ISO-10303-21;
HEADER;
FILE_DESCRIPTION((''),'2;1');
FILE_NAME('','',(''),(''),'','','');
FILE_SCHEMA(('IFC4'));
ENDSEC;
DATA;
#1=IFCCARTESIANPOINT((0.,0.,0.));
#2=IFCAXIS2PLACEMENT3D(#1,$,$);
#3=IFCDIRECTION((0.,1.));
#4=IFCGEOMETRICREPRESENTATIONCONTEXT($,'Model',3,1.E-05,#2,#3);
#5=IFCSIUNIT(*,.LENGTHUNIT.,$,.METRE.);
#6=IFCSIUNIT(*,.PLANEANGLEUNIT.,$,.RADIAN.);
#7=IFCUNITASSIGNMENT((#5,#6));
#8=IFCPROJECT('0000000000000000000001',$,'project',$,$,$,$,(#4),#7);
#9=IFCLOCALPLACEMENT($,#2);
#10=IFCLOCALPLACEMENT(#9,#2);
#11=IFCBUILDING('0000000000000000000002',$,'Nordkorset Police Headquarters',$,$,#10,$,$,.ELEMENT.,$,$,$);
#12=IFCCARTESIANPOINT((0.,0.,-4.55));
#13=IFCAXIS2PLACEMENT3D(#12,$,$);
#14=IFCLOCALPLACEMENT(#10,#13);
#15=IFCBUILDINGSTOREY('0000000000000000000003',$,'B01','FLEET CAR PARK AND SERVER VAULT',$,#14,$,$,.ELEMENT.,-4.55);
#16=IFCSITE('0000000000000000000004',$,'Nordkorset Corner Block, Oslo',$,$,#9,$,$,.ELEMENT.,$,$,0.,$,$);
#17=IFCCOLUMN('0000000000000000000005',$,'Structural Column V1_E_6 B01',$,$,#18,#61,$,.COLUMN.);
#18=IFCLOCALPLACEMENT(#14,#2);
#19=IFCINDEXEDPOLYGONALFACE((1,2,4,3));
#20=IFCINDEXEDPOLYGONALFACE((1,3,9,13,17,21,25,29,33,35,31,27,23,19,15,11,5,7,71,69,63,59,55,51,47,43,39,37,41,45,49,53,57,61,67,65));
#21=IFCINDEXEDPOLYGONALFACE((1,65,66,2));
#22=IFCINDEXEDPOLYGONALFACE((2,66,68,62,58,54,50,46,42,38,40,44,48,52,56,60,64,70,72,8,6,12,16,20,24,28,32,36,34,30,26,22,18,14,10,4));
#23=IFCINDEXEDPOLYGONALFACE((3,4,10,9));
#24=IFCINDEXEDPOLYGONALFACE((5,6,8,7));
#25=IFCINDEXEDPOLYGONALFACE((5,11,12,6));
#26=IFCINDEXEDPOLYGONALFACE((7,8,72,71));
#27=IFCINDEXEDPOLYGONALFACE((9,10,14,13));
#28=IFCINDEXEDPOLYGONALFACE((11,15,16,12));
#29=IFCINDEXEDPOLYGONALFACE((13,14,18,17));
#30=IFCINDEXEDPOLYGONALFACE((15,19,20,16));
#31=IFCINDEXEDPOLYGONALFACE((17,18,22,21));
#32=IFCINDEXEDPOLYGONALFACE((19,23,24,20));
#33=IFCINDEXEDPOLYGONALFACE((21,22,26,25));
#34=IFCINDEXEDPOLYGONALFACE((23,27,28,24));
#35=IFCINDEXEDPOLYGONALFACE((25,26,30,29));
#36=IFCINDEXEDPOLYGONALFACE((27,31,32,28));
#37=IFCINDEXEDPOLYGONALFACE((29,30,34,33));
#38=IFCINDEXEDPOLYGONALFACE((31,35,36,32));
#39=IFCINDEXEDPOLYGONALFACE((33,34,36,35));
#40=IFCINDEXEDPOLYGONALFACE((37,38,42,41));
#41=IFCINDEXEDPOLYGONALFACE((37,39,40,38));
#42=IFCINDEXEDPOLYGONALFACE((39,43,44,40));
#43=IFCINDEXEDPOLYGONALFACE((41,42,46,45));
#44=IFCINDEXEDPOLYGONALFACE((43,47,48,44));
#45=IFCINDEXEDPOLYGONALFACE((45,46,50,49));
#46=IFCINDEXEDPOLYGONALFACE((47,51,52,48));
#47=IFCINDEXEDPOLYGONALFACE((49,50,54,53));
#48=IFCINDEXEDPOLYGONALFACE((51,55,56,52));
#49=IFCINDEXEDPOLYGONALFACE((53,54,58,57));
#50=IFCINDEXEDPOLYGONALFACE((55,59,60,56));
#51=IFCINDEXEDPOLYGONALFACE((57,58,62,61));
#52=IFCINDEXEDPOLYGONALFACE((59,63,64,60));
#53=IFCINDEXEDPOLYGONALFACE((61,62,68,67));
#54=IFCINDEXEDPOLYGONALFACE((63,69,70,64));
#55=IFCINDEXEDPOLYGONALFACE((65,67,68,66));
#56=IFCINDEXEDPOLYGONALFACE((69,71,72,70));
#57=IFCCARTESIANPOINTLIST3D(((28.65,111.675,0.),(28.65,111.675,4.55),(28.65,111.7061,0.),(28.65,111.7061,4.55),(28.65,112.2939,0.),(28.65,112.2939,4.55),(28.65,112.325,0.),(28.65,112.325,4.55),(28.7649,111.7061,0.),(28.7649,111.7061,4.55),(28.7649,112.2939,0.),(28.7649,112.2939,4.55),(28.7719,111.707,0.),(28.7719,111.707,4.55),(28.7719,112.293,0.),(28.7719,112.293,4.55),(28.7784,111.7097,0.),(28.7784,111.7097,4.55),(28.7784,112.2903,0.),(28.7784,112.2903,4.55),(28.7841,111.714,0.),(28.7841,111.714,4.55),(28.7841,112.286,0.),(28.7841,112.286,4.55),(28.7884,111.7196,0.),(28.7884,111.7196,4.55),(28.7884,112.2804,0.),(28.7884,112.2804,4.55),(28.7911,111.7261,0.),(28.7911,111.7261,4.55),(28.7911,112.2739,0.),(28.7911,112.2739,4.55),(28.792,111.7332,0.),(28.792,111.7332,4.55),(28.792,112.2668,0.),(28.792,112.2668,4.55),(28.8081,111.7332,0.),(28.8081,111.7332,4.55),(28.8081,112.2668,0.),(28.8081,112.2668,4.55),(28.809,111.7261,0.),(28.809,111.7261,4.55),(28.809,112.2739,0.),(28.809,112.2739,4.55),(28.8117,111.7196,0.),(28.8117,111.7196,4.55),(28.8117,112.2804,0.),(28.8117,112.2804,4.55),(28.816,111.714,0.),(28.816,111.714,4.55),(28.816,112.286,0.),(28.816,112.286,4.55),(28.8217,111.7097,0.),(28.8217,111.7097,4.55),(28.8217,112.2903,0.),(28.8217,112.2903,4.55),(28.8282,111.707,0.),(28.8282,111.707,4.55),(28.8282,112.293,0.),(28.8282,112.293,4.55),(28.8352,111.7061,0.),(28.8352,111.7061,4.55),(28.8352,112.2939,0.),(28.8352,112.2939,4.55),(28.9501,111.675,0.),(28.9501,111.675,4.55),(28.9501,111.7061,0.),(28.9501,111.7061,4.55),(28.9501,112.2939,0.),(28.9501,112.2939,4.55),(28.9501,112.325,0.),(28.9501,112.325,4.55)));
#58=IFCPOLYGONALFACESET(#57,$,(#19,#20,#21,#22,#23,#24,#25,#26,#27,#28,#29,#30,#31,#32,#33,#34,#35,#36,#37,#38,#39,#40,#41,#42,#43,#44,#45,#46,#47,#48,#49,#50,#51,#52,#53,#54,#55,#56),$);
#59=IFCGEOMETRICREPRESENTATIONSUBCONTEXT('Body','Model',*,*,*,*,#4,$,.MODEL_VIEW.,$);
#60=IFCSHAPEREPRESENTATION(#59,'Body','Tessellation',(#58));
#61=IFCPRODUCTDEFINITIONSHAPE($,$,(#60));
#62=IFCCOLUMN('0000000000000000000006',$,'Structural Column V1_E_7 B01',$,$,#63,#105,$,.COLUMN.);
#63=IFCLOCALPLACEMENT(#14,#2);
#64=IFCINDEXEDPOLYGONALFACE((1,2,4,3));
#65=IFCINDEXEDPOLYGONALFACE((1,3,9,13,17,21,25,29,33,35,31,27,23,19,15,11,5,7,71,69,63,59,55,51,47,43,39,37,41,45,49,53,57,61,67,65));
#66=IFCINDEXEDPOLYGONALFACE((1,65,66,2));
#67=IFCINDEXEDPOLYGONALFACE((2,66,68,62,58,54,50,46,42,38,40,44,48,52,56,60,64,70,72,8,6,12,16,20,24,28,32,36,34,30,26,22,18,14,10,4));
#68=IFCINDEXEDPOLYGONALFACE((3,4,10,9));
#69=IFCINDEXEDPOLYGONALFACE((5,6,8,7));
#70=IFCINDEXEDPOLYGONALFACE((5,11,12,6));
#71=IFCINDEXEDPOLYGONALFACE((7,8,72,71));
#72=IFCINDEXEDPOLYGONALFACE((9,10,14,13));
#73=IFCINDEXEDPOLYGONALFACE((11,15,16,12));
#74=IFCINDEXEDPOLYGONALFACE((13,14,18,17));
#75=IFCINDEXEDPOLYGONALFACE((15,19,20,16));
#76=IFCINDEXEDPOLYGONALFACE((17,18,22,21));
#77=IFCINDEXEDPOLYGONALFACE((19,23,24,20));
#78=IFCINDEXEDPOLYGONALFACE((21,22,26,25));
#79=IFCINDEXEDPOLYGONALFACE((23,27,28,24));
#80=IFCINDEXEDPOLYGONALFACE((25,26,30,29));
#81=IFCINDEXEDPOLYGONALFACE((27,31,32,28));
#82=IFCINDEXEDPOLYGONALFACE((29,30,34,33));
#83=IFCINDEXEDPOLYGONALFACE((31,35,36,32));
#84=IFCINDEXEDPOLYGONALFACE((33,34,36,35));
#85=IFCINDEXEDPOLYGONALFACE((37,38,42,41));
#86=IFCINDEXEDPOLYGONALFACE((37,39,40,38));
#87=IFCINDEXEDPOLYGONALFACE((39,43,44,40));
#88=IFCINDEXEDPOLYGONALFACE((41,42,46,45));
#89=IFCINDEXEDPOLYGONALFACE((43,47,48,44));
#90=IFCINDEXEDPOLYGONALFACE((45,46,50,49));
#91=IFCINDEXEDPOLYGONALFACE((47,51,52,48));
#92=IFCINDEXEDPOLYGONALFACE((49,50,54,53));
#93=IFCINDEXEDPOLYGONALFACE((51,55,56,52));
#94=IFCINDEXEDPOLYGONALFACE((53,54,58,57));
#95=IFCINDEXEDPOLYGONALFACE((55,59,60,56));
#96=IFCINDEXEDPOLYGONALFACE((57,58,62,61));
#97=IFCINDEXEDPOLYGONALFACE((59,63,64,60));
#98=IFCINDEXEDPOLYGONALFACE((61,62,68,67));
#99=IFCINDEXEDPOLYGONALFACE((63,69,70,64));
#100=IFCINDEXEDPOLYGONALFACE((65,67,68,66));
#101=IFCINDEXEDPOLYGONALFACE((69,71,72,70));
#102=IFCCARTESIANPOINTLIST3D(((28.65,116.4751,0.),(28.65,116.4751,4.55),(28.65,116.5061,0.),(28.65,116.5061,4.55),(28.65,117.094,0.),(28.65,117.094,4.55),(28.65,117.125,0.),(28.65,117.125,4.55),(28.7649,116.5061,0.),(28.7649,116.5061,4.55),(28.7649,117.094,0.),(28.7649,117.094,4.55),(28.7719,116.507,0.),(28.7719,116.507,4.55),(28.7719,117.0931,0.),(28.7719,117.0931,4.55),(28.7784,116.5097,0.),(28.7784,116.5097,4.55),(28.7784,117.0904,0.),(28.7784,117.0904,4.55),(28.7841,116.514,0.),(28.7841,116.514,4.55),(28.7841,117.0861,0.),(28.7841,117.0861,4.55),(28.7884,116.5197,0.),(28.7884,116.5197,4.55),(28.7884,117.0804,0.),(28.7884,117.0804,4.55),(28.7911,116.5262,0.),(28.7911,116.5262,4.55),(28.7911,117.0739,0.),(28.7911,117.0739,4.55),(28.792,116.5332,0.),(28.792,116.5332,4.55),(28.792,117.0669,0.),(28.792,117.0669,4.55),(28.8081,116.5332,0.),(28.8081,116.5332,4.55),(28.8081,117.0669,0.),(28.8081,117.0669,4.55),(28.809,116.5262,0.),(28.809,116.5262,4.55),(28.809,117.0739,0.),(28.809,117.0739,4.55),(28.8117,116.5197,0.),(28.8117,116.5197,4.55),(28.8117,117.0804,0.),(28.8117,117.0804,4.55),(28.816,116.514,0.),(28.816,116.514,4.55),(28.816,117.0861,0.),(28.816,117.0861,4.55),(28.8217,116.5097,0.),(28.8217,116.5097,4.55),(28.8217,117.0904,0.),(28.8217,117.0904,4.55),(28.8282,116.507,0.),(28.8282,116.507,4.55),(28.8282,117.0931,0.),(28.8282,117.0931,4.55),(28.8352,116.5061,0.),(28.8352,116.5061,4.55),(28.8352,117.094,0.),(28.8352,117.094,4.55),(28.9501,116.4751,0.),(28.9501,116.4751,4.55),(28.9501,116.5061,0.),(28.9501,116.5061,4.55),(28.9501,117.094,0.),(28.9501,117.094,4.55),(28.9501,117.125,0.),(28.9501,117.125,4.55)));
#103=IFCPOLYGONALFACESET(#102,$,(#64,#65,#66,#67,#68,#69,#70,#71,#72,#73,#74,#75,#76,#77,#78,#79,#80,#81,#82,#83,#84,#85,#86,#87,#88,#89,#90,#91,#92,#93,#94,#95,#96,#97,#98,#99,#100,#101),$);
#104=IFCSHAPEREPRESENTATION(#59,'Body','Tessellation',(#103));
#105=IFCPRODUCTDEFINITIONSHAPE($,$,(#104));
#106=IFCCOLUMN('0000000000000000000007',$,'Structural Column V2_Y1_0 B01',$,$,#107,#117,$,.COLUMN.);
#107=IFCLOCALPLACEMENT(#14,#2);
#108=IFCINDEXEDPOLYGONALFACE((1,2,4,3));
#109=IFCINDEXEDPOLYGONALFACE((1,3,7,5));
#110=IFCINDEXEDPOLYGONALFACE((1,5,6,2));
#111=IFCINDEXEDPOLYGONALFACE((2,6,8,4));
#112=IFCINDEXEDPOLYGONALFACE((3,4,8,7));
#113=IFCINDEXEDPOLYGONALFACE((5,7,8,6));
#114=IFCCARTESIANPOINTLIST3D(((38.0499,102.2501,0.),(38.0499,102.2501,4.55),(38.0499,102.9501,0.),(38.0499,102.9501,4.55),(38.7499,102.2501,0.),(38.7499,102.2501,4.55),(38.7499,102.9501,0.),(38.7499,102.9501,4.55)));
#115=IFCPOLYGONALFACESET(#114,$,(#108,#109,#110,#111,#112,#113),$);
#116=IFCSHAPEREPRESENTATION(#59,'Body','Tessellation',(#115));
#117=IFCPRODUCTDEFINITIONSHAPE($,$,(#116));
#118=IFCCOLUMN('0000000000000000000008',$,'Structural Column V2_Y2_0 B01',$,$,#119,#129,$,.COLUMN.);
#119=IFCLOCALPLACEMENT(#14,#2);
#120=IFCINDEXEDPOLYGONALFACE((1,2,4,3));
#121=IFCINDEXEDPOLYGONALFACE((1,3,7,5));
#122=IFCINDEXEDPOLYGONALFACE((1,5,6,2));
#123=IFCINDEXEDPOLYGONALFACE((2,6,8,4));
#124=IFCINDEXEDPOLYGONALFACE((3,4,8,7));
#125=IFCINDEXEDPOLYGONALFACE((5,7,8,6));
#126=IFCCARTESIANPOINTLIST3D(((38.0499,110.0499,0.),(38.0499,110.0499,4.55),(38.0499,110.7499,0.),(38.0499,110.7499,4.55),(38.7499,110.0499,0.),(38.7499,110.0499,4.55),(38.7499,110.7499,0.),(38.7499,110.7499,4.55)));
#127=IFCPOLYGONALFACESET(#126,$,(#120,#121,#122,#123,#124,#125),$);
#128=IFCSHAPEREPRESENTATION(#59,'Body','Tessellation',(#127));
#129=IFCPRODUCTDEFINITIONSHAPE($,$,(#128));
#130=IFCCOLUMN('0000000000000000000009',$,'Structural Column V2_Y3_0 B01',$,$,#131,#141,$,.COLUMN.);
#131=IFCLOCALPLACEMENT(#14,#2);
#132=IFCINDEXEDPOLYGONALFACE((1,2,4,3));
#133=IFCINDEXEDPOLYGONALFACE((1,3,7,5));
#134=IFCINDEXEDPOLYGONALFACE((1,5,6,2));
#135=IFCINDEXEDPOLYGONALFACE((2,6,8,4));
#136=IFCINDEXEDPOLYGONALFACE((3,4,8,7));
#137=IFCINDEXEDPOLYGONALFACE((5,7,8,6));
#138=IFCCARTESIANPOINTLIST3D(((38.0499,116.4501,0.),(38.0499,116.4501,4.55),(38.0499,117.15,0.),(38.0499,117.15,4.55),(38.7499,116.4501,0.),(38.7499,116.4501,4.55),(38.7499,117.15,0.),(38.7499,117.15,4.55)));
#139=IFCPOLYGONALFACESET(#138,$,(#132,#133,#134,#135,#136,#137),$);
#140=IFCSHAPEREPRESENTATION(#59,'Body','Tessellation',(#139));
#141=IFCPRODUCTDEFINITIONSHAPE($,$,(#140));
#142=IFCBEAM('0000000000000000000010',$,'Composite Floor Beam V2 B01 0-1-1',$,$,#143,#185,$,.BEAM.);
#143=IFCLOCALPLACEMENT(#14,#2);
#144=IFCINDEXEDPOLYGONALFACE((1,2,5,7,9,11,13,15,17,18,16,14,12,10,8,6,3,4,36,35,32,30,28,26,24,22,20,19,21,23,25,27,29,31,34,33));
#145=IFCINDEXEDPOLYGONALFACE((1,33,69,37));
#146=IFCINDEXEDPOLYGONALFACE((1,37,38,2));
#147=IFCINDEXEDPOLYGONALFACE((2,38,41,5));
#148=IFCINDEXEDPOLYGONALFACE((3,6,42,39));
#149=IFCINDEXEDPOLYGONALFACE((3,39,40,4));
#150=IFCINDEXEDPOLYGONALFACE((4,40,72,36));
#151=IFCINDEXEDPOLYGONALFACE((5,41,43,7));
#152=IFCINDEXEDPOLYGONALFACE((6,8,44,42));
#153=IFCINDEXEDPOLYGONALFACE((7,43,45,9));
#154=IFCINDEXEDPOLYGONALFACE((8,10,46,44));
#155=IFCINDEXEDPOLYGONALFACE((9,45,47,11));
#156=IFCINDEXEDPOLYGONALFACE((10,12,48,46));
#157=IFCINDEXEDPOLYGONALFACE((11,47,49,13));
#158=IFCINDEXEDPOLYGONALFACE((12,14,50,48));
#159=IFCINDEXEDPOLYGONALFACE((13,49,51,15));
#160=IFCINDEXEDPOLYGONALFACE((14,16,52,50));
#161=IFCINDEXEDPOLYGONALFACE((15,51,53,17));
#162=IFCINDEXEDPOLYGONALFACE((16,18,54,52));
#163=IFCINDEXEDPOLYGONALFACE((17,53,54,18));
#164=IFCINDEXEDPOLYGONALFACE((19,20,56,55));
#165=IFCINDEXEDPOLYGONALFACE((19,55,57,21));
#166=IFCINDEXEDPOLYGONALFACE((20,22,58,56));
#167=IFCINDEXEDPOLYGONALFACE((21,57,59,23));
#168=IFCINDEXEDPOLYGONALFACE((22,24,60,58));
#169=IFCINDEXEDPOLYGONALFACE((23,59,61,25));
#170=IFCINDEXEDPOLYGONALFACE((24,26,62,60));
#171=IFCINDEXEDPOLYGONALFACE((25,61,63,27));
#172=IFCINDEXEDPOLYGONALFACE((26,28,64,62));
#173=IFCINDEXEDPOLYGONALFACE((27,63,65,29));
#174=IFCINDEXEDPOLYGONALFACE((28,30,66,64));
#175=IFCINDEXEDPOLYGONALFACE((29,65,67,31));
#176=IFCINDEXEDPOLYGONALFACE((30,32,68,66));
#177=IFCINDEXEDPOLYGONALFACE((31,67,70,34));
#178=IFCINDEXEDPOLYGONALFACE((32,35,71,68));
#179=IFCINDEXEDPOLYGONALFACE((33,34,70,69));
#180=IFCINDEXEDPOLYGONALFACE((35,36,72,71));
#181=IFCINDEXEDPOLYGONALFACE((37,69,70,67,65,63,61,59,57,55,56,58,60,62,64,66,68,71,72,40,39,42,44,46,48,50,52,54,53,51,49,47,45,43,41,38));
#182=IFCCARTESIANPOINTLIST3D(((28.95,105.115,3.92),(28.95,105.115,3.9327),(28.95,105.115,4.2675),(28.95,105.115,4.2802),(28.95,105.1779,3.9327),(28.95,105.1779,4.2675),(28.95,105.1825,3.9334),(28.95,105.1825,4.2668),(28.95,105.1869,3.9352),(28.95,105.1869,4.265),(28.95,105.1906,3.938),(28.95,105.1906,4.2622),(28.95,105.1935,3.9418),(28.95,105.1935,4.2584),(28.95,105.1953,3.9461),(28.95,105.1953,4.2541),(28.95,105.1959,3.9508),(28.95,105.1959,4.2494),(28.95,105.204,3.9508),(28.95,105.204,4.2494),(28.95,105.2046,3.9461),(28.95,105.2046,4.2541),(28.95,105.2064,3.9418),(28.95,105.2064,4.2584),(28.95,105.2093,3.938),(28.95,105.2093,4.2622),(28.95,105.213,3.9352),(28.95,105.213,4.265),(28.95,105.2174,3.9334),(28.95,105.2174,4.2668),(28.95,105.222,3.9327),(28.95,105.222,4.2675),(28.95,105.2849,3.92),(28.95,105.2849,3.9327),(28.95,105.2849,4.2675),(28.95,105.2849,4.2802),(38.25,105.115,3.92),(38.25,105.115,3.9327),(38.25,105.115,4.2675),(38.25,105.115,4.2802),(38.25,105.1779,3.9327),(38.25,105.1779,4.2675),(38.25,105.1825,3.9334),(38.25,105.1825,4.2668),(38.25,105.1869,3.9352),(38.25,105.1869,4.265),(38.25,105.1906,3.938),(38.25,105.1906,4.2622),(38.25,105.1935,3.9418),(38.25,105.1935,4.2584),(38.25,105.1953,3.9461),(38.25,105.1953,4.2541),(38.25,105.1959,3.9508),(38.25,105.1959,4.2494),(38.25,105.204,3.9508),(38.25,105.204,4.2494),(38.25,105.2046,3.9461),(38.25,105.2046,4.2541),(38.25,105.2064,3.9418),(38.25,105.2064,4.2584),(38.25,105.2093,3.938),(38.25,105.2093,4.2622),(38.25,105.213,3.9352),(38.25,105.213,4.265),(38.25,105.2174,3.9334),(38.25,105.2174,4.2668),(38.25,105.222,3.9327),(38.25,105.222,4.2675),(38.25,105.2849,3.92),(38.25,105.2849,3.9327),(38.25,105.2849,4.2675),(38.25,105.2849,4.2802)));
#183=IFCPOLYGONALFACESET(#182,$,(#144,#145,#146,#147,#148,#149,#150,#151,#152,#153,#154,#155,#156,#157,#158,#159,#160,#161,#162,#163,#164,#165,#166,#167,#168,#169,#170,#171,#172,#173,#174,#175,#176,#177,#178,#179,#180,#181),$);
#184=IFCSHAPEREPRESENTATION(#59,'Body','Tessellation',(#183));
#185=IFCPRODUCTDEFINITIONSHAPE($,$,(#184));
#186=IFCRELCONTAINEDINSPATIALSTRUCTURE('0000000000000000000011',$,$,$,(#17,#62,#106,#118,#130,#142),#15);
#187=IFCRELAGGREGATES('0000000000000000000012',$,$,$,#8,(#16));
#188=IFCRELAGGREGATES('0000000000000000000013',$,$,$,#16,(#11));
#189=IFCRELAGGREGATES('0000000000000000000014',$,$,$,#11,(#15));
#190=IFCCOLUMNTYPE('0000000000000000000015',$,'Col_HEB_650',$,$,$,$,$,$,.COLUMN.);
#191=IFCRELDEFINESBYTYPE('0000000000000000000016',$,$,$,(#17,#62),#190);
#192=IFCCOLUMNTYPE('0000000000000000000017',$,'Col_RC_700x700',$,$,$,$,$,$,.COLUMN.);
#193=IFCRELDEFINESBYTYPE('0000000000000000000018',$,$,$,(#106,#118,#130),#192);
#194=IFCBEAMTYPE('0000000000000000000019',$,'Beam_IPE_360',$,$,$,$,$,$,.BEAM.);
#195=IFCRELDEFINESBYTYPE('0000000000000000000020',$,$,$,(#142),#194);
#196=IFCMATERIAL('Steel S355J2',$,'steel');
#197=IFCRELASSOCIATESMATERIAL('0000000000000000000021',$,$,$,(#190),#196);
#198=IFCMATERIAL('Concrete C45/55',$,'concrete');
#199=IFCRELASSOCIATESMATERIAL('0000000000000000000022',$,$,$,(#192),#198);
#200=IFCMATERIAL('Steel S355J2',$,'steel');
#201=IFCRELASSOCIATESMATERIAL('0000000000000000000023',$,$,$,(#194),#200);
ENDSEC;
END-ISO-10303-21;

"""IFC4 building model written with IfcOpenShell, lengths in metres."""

from ifc_helpers import new_model, si_unit, direction, frame, origin, origin_2d, place, context, subcontext, project, spatial, rectangle, i_section, extrude, material, material_profile, profile_set, type_object, element, save


model = new_model("IFC4")

# Units and contexts
model_context = context("Model", 3, precision=1e-05, world=origin(), true_north=direction((0.0, 1.0)))
body_context = subcontext(model_context, "Body", "Model", "MODEL_VIEW")
ifc_project = project(units=[si_unit("LENGTHUNIT", "METRE"), si_unit("PLANEANGLEUNIT", "RADIAN")], contexts=[model_context])

# Site, building, storey
site_placement = place(None, origin())
site = spatial("IfcSite", under=ifc_project, at=site_placement, Name="Nordkorset Corner Block, Oslo", CompositionType="ELEMENT", RefElevation=0.0)
building_placement = place(site_placement, origin())
building = spatial("IfcBuilding", under=site, at=building_placement, Name="Nordkorset Police Headquarters", CompositionType="ELEMENT")
storey_placement = place(building_placement, frame((0.0, 0.0, -4.55)))
storey = spatial("IfcBuildingStorey", under=building, at=storey_placement, Name="B01", Description="FLEET CAR PARK AND SERVER VAULT", CompositionType="ELEMENT", Elevation=-4.55)

# Columns
ifc_material_1 = material(Name="Steel S355J2", Category="steel")
ifc_material_profile_1 = material_profile(ifc_material_1, i_section(OverallWidth=0.3, OverallDepth=0.6499, WebThickness=0.0161, FlangeThickness=0.031, FilletRadius=0.0271, at=origin_2d()), Name="HEB 650")
ifc_profile_set_1 = profile_set([ifc_material_profile_1], Name="Steel S355J2")
column_type_1 = type_object("IfcColumnType", Name="Col_HEB_650", PredefinedType="COLUMN", material=ifc_profile_set_1)
for number, where, z_axis, x_axis, name in (
    (1, (28.8, 112.0, 0.0), (0.0, 0.0, 1.0), (1.0, 0.0, 0.0), "Structural Column V1_E_6 B01"),
    (2, (28.8, 116.8, 0.0), (0.0, 0.0, 1.0), (1.0, 0.0, 0.0), "Structural Column V1_E_7 B01"),
):
    element("IfcColumn", number, at=place(storey_placement, frame(where, z_axis=z_axis, x_axis=x_axis)), inside=storey, type_object=column_type_1, Name=name, PredefinedType="COLUMN", context=body_context, shape_type="SweptSolid", body=[
        extrude(i_section(OverallWidth=0.3, OverallDepth=0.6499, WebThickness=0.0161, FlangeThickness=0.031, FilletRadius=0.0271, at=origin_2d()), origin(), (0.0, 0.0, 1.0), 4.55),
    ])
ifc_material_2 = material(Name="Concrete C45/55", Category="concrete")
ifc_material_profile_2 = material_profile(ifc_material_2, rectangle(XDim=0.7, YDim=0.7, at=origin_2d()), Name="RC 700x700")
ifc_profile_set_2 = profile_set([ifc_material_profile_2], Name="Concrete C45/55")
column_type_2 = type_object("IfcColumnType", Name="Col_RC_700x700", PredefinedType="COLUMN", material=ifc_profile_set_2)
for number, where, z_axis, x_axis, name in (
    (3, (38.3999, 102.6001, 0.0), (0.0, 0.0, 1.0), (1.0, 0.0, 0.0), "Structural Column V2_Y1_0 B01"),
    (4, (38.3999, 110.3999, 0.0), (0.0, 0.0, 1.0), (1.0, 0.0, 0.0), "Structural Column V2_Y2_0 B01"),
    (5, (38.3999, 116.8, 0.0), (0.0, 0.0, 1.0), (1.0, 0.0, 0.0), "Structural Column V2_Y3_0 B01"),
):
    element("IfcColumn", number, at=place(storey_placement, frame(where, z_axis=z_axis, x_axis=x_axis)), inside=storey, type_object=column_type_2, Name=name, PredefinedType="COLUMN", context=body_context, shape_type="SweptSolid", body=[
        extrude(rectangle(XDim=0.7, YDim=0.7, at=origin_2d()), origin(), (0.0, 0.0, 1.0), 4.55),
    ])

# Beam
ifc_material_3 = material(Name="Steel S355J2", Category="steel")
ifc_material_profile_3 = material_profile(ifc_material_3, i_section(OverallWidth=0.1699, OverallDepth=0.3601, WebThickness=0.0081, FlangeThickness=0.0127, FilletRadius=0.0181, at=origin_2d()), Name="IPE 360")
ifc_profile_set_3 = profile_set([ifc_material_profile_3], Name="Steel S355J2")
beam_type_1 = type_object("IfcBeamType", Name="Beam_IPE_360", PredefinedType="BEAM", material=ifc_profile_set_3)
for number, where, z_axis, x_axis, name in (
    (6, (28.95, 105.2, 4.1001), (1.0, 0.0, 0.0), (0.0, 1.0, 0.0), "Composite Floor Beam V2 B01 0-1-1"),
):
    element("IfcBeam", number, at=place(storey_placement, frame(where, z_axis=z_axis, x_axis=x_axis)), inside=storey, type_object=beam_type_1, Name=name, PredefinedType="BEAM", context=body_context, shape_type="SweptSolid", body=[
        extrude(i_section(OverallWidth=0.1699, OverallDepth=0.3601, WebThickness=0.0081, FlangeThickness=0.0127, FilletRadius=0.0181, at=origin_2d()), origin(), (0.0, 0.0, 1.0), 9.3),
    ])

save(model, "model.ifc")
